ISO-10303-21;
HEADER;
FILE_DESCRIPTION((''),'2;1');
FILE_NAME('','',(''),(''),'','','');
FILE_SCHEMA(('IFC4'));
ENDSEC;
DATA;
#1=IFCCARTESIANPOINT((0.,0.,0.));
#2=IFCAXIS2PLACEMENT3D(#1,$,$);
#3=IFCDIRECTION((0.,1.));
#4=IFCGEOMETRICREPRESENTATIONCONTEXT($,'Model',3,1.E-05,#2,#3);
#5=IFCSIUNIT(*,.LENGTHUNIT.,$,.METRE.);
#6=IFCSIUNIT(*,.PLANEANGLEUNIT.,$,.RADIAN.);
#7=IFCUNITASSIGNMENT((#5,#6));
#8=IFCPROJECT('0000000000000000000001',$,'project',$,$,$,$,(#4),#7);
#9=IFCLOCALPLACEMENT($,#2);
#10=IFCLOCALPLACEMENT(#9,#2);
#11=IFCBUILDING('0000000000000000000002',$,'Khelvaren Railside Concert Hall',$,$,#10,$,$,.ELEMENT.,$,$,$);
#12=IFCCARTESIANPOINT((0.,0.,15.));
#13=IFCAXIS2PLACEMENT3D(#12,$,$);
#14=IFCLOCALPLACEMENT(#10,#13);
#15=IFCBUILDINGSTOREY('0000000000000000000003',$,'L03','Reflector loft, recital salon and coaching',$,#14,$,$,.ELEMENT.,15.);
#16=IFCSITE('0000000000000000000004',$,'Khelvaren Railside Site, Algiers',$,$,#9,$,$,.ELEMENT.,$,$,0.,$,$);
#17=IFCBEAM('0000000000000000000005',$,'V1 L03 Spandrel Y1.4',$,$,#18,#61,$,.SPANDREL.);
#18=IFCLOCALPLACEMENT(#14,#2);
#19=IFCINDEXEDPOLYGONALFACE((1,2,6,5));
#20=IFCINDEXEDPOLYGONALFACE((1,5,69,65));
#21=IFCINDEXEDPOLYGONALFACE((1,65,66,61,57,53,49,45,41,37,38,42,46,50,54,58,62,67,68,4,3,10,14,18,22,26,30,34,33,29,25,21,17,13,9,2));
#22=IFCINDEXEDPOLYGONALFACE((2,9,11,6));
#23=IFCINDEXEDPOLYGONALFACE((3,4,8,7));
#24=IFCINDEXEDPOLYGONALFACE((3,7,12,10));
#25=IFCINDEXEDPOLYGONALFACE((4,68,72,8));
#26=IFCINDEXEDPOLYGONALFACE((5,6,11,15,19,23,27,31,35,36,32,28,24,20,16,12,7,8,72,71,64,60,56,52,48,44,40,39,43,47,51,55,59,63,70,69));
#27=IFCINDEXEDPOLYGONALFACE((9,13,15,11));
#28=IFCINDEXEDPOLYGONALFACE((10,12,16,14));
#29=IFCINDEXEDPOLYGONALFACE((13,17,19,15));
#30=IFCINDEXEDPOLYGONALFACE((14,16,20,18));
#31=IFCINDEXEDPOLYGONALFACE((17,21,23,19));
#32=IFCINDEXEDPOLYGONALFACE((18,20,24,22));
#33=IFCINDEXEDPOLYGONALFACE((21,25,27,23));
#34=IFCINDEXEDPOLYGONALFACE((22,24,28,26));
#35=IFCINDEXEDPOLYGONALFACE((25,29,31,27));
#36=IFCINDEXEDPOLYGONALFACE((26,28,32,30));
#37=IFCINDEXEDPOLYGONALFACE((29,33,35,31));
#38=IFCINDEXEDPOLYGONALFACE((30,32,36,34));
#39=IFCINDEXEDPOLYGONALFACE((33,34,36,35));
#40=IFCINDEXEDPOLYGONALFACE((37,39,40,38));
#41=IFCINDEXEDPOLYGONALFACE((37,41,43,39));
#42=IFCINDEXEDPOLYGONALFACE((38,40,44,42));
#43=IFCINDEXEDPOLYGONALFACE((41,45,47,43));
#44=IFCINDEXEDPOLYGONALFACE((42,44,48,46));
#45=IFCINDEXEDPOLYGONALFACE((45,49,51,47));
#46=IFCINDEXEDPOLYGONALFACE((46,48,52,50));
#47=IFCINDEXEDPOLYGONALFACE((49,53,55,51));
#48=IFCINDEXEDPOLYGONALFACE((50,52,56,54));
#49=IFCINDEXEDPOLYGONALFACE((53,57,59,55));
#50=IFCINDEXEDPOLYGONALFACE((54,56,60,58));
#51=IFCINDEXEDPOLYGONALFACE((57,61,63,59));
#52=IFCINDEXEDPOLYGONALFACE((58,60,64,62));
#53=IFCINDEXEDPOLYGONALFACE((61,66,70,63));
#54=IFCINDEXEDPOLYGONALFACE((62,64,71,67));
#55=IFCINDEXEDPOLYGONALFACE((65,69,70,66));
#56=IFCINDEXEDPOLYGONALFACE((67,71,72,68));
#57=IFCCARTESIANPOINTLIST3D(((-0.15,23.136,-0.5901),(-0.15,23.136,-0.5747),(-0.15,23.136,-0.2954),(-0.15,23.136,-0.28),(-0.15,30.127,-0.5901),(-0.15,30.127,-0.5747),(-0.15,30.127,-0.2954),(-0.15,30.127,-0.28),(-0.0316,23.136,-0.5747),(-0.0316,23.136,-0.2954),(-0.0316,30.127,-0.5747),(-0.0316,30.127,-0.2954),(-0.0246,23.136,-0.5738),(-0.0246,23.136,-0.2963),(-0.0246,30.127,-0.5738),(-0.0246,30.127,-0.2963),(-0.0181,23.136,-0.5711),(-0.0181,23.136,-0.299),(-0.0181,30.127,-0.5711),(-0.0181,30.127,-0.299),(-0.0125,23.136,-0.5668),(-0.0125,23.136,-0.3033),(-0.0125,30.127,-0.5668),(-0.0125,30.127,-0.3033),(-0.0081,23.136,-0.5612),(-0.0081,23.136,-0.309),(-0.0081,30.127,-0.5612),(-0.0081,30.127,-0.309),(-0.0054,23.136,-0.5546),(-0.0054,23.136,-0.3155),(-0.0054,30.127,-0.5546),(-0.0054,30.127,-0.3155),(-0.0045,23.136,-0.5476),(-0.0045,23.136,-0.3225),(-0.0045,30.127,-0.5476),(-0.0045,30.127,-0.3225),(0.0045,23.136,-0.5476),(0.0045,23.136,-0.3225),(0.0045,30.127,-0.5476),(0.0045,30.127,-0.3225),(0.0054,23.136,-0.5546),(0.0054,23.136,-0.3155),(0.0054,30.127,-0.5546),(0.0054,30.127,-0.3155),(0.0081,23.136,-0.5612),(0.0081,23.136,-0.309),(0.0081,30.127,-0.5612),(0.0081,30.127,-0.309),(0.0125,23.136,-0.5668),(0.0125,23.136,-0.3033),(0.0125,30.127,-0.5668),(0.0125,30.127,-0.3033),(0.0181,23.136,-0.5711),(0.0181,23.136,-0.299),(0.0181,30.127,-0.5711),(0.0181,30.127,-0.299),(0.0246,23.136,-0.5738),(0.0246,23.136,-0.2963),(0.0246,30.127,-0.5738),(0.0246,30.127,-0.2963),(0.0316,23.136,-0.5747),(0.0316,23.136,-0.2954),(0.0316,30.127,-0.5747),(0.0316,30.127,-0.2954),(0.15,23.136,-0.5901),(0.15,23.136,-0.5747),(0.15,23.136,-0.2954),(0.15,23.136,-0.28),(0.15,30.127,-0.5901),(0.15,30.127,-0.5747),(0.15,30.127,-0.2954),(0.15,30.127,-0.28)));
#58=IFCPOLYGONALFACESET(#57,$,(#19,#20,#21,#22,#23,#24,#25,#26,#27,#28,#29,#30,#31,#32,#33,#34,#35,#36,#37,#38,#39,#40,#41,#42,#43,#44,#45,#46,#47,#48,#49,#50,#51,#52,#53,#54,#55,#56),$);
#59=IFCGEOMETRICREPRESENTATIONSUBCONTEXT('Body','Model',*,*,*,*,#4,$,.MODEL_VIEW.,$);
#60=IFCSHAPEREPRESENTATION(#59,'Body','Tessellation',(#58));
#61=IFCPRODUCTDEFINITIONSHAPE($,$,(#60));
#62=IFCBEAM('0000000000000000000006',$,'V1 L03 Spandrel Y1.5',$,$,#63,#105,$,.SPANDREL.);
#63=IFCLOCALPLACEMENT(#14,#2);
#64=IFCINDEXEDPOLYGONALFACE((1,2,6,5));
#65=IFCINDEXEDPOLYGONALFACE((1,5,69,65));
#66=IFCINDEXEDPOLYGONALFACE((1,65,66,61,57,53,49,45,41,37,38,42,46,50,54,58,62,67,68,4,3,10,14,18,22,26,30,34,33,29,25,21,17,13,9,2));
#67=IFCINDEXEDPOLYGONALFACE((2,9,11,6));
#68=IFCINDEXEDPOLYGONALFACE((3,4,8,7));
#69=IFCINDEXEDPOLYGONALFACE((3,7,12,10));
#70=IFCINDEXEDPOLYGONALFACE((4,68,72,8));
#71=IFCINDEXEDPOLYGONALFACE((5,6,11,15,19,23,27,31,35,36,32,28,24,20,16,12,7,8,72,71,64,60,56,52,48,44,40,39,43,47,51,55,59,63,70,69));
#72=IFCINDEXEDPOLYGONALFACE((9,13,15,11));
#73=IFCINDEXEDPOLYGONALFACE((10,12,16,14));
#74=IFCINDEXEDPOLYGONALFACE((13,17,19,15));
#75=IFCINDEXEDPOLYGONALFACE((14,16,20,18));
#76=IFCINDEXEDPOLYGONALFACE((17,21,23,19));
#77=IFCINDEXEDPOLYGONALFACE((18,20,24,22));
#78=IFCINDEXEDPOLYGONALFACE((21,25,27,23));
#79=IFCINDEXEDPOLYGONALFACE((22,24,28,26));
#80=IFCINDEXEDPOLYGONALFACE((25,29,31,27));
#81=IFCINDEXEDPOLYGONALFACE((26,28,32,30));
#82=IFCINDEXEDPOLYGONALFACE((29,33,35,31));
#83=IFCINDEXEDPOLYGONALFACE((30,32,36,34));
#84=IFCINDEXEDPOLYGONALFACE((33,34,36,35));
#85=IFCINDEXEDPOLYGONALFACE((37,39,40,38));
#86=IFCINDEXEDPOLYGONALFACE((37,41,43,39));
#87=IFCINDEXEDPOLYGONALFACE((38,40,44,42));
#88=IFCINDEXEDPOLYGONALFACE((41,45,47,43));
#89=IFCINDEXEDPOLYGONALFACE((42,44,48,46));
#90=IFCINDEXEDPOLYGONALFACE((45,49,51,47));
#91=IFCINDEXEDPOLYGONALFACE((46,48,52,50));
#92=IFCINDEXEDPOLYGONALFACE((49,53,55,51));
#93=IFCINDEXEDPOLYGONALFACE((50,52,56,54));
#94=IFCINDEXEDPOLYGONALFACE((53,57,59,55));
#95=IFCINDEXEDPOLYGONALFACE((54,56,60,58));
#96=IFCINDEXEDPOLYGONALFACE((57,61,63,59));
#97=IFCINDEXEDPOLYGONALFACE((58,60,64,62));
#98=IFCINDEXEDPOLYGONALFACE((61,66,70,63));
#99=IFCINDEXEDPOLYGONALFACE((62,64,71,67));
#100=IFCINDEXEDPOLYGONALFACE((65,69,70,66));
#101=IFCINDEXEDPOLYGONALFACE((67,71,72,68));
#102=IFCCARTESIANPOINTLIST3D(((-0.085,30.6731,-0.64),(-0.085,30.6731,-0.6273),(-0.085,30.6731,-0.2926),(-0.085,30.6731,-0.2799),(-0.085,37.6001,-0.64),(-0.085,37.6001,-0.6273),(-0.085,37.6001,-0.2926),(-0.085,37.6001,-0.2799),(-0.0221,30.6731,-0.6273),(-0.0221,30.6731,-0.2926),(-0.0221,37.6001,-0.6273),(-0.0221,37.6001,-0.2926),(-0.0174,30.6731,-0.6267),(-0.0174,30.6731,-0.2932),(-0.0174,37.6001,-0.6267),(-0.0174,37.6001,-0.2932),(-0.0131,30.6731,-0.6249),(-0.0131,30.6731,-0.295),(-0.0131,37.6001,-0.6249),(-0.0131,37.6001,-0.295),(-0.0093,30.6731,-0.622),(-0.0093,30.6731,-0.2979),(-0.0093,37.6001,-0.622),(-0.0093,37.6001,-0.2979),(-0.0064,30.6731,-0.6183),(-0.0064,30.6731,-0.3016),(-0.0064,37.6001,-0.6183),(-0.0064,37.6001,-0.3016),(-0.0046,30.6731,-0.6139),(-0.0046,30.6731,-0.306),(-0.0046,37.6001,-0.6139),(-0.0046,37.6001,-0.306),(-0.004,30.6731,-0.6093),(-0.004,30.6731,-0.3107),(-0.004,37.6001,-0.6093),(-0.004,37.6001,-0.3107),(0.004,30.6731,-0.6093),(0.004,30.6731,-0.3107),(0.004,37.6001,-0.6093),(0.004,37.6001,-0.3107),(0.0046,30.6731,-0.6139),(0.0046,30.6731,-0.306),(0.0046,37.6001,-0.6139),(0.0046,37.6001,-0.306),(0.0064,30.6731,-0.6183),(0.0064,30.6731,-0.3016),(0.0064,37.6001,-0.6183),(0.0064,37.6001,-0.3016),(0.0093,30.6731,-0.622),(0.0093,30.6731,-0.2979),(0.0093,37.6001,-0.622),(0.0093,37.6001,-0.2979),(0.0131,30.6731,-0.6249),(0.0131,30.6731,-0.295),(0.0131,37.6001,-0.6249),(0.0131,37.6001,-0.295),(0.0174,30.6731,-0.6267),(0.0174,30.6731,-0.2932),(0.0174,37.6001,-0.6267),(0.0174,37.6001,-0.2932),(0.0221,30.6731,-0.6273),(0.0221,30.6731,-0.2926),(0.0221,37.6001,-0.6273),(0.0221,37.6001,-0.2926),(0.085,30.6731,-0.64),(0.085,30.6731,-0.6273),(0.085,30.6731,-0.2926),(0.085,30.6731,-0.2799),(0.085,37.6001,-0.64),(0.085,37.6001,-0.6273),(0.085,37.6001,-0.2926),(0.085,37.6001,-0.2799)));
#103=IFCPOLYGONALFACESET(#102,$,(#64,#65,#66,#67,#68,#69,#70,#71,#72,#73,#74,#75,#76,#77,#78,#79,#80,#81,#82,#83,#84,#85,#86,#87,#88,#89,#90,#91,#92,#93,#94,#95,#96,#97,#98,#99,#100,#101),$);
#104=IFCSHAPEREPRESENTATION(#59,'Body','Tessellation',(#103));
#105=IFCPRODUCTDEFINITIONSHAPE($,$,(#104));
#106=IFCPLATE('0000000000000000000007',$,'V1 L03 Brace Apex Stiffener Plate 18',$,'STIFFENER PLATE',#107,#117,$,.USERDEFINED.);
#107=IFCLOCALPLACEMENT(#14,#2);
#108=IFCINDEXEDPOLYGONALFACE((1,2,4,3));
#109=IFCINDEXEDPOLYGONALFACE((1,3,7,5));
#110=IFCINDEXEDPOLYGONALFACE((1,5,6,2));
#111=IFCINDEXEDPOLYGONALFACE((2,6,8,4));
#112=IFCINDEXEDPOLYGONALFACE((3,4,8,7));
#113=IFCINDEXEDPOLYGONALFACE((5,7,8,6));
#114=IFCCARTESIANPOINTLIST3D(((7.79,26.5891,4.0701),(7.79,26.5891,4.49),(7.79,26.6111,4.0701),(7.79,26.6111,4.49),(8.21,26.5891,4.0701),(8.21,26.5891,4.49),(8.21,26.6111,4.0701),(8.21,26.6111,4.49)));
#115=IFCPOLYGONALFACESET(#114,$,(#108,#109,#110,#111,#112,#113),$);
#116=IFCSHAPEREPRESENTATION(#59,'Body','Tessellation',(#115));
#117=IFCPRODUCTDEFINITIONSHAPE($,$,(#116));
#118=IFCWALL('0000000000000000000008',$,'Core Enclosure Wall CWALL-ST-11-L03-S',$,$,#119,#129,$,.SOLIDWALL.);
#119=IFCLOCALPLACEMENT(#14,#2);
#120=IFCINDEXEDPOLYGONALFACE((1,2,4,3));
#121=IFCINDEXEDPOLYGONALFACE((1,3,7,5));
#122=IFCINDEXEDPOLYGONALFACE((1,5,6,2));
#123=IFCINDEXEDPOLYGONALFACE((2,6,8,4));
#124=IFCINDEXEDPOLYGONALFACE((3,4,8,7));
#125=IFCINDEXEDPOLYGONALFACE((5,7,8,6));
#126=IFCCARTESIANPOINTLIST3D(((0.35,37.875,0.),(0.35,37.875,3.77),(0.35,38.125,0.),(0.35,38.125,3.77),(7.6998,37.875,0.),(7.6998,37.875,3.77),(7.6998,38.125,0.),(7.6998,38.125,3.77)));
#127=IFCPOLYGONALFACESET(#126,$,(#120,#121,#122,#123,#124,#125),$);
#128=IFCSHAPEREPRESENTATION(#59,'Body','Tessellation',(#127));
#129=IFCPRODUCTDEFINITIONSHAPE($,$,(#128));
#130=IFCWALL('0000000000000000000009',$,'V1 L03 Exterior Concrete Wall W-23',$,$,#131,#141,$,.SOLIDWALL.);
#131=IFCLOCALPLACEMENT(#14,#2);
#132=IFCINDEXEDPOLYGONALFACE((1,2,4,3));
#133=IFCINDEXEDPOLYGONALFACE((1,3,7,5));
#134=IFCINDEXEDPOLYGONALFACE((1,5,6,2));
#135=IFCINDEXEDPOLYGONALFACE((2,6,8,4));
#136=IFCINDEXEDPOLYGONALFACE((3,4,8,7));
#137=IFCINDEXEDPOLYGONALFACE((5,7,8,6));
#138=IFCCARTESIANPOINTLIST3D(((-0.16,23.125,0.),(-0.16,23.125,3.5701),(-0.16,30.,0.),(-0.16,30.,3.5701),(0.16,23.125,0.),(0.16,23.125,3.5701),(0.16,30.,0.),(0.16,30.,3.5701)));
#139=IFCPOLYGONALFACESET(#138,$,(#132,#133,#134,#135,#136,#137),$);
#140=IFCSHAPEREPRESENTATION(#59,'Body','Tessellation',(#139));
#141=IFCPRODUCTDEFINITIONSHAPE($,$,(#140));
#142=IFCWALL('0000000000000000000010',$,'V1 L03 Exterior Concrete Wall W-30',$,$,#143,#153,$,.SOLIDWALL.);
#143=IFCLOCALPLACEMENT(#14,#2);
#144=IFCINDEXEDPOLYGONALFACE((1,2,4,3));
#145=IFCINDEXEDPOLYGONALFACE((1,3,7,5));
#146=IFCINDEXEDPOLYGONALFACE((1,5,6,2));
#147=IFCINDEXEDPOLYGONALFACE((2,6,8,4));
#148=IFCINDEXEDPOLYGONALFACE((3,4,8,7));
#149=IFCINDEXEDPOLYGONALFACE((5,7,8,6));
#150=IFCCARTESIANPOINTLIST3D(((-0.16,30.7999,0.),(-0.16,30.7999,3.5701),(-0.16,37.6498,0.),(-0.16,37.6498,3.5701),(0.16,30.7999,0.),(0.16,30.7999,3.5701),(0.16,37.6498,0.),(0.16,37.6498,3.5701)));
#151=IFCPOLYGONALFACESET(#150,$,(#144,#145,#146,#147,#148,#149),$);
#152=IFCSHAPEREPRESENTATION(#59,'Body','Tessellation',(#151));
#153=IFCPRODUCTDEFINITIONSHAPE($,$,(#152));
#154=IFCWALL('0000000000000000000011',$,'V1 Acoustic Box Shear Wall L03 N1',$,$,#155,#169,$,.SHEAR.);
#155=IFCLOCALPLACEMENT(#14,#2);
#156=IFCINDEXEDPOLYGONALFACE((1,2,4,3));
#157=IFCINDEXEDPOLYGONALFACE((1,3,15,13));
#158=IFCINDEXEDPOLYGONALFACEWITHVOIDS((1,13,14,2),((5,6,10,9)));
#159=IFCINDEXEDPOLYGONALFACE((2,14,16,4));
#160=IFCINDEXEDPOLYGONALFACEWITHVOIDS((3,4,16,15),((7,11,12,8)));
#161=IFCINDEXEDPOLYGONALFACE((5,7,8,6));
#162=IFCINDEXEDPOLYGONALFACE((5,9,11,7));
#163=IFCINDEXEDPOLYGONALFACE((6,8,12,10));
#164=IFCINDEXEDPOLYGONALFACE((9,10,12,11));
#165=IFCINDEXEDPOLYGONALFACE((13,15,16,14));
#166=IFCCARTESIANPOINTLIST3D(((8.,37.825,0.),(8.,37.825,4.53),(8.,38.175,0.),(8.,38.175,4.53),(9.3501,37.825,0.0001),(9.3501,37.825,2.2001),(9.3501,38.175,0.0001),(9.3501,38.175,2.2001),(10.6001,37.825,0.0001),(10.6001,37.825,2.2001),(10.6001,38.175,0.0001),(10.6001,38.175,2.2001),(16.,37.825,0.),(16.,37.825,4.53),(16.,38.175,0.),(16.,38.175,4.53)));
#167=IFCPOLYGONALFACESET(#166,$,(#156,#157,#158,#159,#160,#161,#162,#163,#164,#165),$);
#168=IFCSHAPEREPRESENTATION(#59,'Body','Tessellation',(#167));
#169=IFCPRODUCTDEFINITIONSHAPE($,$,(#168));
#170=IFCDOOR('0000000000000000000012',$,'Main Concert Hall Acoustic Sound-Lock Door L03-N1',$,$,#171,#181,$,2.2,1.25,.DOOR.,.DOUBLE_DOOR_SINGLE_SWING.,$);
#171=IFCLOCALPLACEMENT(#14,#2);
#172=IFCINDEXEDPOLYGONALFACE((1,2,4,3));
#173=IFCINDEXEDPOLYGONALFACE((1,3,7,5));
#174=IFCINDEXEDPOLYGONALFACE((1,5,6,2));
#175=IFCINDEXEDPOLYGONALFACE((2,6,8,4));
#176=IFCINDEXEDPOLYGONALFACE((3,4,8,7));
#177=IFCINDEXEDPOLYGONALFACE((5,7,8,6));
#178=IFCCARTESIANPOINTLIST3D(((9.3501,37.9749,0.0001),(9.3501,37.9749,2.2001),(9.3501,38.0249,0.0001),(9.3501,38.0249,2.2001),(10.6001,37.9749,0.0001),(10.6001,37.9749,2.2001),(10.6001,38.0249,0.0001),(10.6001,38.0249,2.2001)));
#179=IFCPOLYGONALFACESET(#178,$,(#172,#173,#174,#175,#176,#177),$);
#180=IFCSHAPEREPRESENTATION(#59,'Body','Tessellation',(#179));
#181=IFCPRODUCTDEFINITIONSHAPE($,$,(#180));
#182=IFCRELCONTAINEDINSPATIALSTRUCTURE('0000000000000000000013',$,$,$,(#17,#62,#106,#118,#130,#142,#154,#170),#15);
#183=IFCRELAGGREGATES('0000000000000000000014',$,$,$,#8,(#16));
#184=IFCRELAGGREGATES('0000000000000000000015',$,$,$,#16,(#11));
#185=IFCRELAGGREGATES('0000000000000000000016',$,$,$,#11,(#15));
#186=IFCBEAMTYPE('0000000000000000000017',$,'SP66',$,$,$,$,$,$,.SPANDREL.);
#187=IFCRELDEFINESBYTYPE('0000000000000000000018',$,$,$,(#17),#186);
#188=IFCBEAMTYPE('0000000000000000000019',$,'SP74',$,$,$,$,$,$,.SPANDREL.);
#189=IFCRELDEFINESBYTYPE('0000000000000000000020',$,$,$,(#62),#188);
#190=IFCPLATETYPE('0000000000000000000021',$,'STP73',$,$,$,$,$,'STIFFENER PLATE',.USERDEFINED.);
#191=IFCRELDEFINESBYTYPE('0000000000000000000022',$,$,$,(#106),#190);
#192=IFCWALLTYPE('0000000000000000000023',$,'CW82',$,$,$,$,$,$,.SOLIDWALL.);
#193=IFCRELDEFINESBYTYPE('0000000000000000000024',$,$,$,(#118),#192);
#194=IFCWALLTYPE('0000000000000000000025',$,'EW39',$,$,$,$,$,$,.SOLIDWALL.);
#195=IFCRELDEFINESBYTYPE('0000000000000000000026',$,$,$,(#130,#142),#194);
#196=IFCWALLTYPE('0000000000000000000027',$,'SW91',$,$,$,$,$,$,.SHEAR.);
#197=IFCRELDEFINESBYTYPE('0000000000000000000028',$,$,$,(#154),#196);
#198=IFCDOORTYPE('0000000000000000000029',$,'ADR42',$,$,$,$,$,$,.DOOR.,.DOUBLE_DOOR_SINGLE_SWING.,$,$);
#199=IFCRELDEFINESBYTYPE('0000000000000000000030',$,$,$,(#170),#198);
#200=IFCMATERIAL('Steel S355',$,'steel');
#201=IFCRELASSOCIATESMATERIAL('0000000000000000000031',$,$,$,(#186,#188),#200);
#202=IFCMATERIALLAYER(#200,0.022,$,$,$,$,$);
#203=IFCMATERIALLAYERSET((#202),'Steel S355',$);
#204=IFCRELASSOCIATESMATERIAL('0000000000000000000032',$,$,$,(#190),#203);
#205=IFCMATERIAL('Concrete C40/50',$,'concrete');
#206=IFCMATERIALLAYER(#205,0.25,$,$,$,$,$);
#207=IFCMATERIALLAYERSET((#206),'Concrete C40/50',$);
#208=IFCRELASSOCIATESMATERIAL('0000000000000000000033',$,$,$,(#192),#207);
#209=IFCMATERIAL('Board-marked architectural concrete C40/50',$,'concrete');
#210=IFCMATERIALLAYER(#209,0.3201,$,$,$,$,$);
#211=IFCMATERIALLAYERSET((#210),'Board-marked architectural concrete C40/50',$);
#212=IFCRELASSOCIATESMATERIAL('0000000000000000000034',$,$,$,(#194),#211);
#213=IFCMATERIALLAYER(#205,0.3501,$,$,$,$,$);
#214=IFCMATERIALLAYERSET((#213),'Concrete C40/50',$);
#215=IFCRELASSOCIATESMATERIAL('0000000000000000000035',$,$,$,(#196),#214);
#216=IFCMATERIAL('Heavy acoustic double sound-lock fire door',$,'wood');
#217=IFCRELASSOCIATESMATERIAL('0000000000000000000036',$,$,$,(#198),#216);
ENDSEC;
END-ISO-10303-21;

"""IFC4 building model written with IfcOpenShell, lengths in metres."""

from ifc_helpers import new_model, si_unit, direction, frame, frame_2d, origin, origin_2d, place, context, subcontext, project, spatial, rectangle, i_section, extrude, material, layer, layer_set, material_profile, profile_set, type_object, element, fill, save


model = new_model("IFC4")

# Units and contexts
model_context = context("Model", 3, precision=1e-05, world=origin(), true_north=direction((0.0, 1.0)))
body_context = subcontext(model_context, "Body", "Model", "MODEL_VIEW")
ifc_project = project(units=[si_unit("LENGTHUNIT", "METRE"), si_unit("PLANEANGLEUNIT", "RADIAN")], contexts=[model_context])

# Site, building, storey
site_placement = place(None, origin())
site = spatial("IfcSite", under=ifc_project, at=site_placement, Name="Khelvaren Railside Site, Algiers", CompositionType="ELEMENT", RefElevation=0.0)
building_placement = place(site_placement, origin())
building = spatial("IfcBuilding", under=site, at=building_placement, Name="Khelvaren Railside Concert Hall", CompositionType="ELEMENT")
storey_placement = place(building_placement, frame((0.0, 0.0, 15.0)))
storey = spatial("IfcBuildingStorey", under=building, at=storey_placement, Name="L03", Description="Reflector loft, recital salon and coaching", CompositionType="ELEMENT", Elevation=15.0)

# Shared definitions
ifc_material_1 = material(Name="Concrete C40/50", Category="concrete")
ifc_material_2 = material(Name="Steel S355", Category="steel")

# Beams
ifc_material_profile_1 = material_profile(ifc_material_2, i_section(OverallWidth=0.3, OverallDepth=0.3101, WebThickness=0.009, FlangeThickness=0.0154, FilletRadius=0.0271, at=origin_2d()), Name="HEA 320")
ifc_profile_set_1 = profile_set([ifc_material_profile_1], Name="Steel S355")
beam_type_1 = type_object("IfcBeamType", Name="SP66", PredefinedType="SPANDREL", material=ifc_profile_set_1)
beam_1_placement = place(storey_placement, frame((0.0, 23.136, -0.4351), z_axis=(0.0, 1.0, 0.0), x_axis=(-1.0, 0.0, 0.0)))
element("IfcBeam", 1, at=beam_1_placement, inside=storey, type_object=beam_type_1, Name="V1 L03 Spandrel Y1.4", PredefinedType="SPANDREL", context=body_context, shape_type="SweptSolid", body=[
    extrude(i_section(OverallWidth=0.3, OverallDepth=0.3101, WebThickness=0.009, FlangeThickness=0.0154, FilletRadius=0.0271, at=origin_2d()), origin(), (0.0, 0.0, 1.0), 6.991),
])
ifc_material_profile_2 = material_profile(ifc_material_2, i_section(OverallWidth=0.1699, OverallDepth=0.3601, WebThickness=0.0081, FlangeThickness=0.0127, FilletRadius=0.0181, at=origin_2d()), Name="IPE 360")
ifc_profile_set_2 = profile_set([ifc_material_profile_2], Name="Steel S355")
beam_type_2 = type_object("IfcBeamType", Name="SP74", PredefinedType="SPANDREL", material=ifc_profile_set_2)
beam_2_placement = place(storey_placement, frame((0.0, 30.6731, -0.46), z_axis=(0.0, 1.0, 0.0), x_axis=(-1.0, 0.0, 0.0)))
element("IfcBeam", 2, at=beam_2_placement, inside=storey, type_object=beam_type_2, Name="V1 L03 Spandrel Y1.5", PredefinedType="SPANDREL", context=body_context, shape_type="SweptSolid", body=[
    extrude(i_section(OverallWidth=0.1699, OverallDepth=0.3601, WebThickness=0.0081, FlangeThickness=0.0127, FilletRadius=0.0181, at=origin_2d()), origin(), (0.0, 0.0, 1.0), 6.927),
])

# Plate
ifc_layer_1 = layer(ifc_material_2, 0.022)
ifc_layer_set_1 = layer_set([ifc_layer_1], Name="Steel S355")
plate_type = type_object("IfcPlateType", Name="STP73", ElementType="STIFFENER PLATE", PredefinedType="USERDEFINED", material=ifc_layer_set_1)
plate_placement = place(storey_placement, frame((8.0, 26.6001, 4.0701), z_axis=(0.0, 0.0, 1.0), x_axis=(1.0, 0.0, 0.0)))
element("IfcPlate", 3, at=plate_placement, inside=storey, type_object=plate_type, Name="V1 L03 Brace Apex Stiffener Plate 18", ObjectType="STIFFENER PLATE", PredefinedType="USERDEFINED", context=body_context, shape_type="SweptSolid", body=[
    extrude(rectangle(XDim=0.4199, YDim=0.022, at=origin_2d()), origin(), (0.0, 0.0, 1.0), 0.4199),
])

# Walls
ifc_layer_2 = layer(ifc_material_1, 0.25)
ifc_layer_set_2 = layer_set([ifc_layer_2], Name="Concrete C40/50")
wall_type_1 = type_object("IfcWallType", Name="CW82", PredefinedType="SOLIDWALL", material=ifc_layer_set_2)
wall_1_placement = place(storey_placement, frame((0.3501, 38.0, 0.0), z_axis=(0.0, 0.0, 1.0), x_axis=(1.0, 0.0, 0.0)))
element("IfcWall", 4, at=wall_1_placement, inside=storey, type_object=wall_type_1, Name="Core Enclosure Wall CWALL-ST-11-L03-S", PredefinedType="SOLIDWALL", context=body_context, shape_type="SweptSolid", body=[
    extrude(rectangle(XDim=7.3499, YDim=0.25, at=frame_2d((3.6748, 0.0))), origin(), (0.0, 0.0, 1.0), 3.77),
])
ifc_material_3 = material(Name="Board-marked architectural concrete C40/50", Category="concrete")
ifc_layer_3 = layer(ifc_material_3, 0.3201)
ifc_layer_set_3 = layer_set([ifc_layer_3], Name="Board-marked architectural concrete C40/50")
wall_type_2 = type_object("IfcWallType", Name="EW39", PredefinedType="SOLIDWALL", material=ifc_layer_set_3)
wall_2_placement = place(storey_placement, frame((0.0, 23.125, 0.0), z_axis=(0.0, 0.0, 1.0), x_axis=(0.0, 1.0, 0.0)))
element("IfcWall", 5, at=wall_2_placement, inside=storey, type_object=wall_type_2, Name="V1 L03 Exterior Concrete Wall W-23", PredefinedType="SOLIDWALL", context=body_context, shape_type="SweptSolid", body=[
    extrude(rectangle(XDim=6.875, YDim=0.3201, at=frame_2d((3.4375, 0.0))), origin(), (0.0, 0.0, 1.0), 3.5701),
])
wall_3_placement = place(storey_placement, frame((0.0, 30.8, 0.0), z_axis=(0.0, 0.0, 1.0), x_axis=(0.0, 1.0, 0.0)))
element("IfcWall", 6, at=wall_3_placement, inside=storey, type_object=wall_type_2, Name="V1 L03 Exterior Concrete Wall W-30", PredefinedType="SOLIDWALL", context=body_context, shape_type="SweptSolid", body=[
    extrude(rectangle(XDim=6.8499, YDim=0.3201, at=frame_2d((3.4248, 0.0))), origin(), (0.0, 0.0, 1.0), 3.5701),
])

# Wall, opening, door
ifc_layer_4 = layer(ifc_material_1, 0.3501)
ifc_layer_set_4 = layer_set([ifc_layer_4], Name="Concrete C40/50")
wall_type_3 = type_object("IfcWallType", Name="SW91", PredefinedType="SHEAR", material=ifc_layer_set_4)
wall_4_placement = place(storey_placement, frame((8.0, 38.0, 0.0), z_axis=(0.0, 0.0, 1.0), x_axis=(1.0, 0.0, 0.0)))
wall_4 = element("IfcWall", 7, at=wall_4_placement, inside=storey, type_object=wall_type_3, Name="V1 Acoustic Box Shear Wall L03 N1", PredefinedType="SHEAR", context=body_context, shape_type="SweptSolid", body=[
    extrude(rectangle(XDim=8.0, YDim=0.3501, at=frame_2d((4.0, 0.0))), origin(), (0.0, 0.0, 1.0), 4.53),
])
opening_1_placement = place(wall_4_placement, frame((1.3501, 0.0, 0.0)))
opening_1 = element("IfcOpeningElement", 8, at=opening_1_placement, cuts=wall_4, PredefinedType="OPENING", context=body_context, shape_type="SweptSolid", body=[
    extrude(rectangle(XDim=1.25, YDim=2.2, at=frame_2d((0.625, 1.1001))), frame((0.0, 0.1851, 0.0), z_axis=(0.0, -1.0, 0.0), x_axis=(1.0, 0.0, 0.0)), (0.0, 0.0, 1.0), 0.3701),
])
ifc_material_4 = material(Name="Heavy acoustic double sound-lock fire door", Category="wood")
door_type = type_object("IfcDoorType", Name="ADR42", OperationType="DOUBLE_DOOR_SINGLE_SWING", PredefinedType="DOOR", material=ifc_material_4)
door_1_placement = place(opening_1_placement, origin())
door_1 = element("IfcDoor", 9, at=door_1_placement, inside=storey, type_object=door_type, Name="Main Concert Hall Acoustic Sound-Lock Door L03-N1", OperationType="DOUBLE_DOOR_SINGLE_SWING", OverallHeight=2.2, OverallWidth=1.25, PredefinedType="DOOR", context=body_context, shape_type="SweptSolid", body=[
    extrude(rectangle(XDim=1.25, YDim=2.2, at=frame_2d((0.625, 1.1001))), frame((0.0, 0.0249, 0.0), z_axis=(0.0, -1.0, 0.0), x_axis=(1.0, 0.0, 0.0)), (0.0, 0.0, 1.0), 0.05),
])
fill(opening_1, door_1)

save(model, "model.ifc")
